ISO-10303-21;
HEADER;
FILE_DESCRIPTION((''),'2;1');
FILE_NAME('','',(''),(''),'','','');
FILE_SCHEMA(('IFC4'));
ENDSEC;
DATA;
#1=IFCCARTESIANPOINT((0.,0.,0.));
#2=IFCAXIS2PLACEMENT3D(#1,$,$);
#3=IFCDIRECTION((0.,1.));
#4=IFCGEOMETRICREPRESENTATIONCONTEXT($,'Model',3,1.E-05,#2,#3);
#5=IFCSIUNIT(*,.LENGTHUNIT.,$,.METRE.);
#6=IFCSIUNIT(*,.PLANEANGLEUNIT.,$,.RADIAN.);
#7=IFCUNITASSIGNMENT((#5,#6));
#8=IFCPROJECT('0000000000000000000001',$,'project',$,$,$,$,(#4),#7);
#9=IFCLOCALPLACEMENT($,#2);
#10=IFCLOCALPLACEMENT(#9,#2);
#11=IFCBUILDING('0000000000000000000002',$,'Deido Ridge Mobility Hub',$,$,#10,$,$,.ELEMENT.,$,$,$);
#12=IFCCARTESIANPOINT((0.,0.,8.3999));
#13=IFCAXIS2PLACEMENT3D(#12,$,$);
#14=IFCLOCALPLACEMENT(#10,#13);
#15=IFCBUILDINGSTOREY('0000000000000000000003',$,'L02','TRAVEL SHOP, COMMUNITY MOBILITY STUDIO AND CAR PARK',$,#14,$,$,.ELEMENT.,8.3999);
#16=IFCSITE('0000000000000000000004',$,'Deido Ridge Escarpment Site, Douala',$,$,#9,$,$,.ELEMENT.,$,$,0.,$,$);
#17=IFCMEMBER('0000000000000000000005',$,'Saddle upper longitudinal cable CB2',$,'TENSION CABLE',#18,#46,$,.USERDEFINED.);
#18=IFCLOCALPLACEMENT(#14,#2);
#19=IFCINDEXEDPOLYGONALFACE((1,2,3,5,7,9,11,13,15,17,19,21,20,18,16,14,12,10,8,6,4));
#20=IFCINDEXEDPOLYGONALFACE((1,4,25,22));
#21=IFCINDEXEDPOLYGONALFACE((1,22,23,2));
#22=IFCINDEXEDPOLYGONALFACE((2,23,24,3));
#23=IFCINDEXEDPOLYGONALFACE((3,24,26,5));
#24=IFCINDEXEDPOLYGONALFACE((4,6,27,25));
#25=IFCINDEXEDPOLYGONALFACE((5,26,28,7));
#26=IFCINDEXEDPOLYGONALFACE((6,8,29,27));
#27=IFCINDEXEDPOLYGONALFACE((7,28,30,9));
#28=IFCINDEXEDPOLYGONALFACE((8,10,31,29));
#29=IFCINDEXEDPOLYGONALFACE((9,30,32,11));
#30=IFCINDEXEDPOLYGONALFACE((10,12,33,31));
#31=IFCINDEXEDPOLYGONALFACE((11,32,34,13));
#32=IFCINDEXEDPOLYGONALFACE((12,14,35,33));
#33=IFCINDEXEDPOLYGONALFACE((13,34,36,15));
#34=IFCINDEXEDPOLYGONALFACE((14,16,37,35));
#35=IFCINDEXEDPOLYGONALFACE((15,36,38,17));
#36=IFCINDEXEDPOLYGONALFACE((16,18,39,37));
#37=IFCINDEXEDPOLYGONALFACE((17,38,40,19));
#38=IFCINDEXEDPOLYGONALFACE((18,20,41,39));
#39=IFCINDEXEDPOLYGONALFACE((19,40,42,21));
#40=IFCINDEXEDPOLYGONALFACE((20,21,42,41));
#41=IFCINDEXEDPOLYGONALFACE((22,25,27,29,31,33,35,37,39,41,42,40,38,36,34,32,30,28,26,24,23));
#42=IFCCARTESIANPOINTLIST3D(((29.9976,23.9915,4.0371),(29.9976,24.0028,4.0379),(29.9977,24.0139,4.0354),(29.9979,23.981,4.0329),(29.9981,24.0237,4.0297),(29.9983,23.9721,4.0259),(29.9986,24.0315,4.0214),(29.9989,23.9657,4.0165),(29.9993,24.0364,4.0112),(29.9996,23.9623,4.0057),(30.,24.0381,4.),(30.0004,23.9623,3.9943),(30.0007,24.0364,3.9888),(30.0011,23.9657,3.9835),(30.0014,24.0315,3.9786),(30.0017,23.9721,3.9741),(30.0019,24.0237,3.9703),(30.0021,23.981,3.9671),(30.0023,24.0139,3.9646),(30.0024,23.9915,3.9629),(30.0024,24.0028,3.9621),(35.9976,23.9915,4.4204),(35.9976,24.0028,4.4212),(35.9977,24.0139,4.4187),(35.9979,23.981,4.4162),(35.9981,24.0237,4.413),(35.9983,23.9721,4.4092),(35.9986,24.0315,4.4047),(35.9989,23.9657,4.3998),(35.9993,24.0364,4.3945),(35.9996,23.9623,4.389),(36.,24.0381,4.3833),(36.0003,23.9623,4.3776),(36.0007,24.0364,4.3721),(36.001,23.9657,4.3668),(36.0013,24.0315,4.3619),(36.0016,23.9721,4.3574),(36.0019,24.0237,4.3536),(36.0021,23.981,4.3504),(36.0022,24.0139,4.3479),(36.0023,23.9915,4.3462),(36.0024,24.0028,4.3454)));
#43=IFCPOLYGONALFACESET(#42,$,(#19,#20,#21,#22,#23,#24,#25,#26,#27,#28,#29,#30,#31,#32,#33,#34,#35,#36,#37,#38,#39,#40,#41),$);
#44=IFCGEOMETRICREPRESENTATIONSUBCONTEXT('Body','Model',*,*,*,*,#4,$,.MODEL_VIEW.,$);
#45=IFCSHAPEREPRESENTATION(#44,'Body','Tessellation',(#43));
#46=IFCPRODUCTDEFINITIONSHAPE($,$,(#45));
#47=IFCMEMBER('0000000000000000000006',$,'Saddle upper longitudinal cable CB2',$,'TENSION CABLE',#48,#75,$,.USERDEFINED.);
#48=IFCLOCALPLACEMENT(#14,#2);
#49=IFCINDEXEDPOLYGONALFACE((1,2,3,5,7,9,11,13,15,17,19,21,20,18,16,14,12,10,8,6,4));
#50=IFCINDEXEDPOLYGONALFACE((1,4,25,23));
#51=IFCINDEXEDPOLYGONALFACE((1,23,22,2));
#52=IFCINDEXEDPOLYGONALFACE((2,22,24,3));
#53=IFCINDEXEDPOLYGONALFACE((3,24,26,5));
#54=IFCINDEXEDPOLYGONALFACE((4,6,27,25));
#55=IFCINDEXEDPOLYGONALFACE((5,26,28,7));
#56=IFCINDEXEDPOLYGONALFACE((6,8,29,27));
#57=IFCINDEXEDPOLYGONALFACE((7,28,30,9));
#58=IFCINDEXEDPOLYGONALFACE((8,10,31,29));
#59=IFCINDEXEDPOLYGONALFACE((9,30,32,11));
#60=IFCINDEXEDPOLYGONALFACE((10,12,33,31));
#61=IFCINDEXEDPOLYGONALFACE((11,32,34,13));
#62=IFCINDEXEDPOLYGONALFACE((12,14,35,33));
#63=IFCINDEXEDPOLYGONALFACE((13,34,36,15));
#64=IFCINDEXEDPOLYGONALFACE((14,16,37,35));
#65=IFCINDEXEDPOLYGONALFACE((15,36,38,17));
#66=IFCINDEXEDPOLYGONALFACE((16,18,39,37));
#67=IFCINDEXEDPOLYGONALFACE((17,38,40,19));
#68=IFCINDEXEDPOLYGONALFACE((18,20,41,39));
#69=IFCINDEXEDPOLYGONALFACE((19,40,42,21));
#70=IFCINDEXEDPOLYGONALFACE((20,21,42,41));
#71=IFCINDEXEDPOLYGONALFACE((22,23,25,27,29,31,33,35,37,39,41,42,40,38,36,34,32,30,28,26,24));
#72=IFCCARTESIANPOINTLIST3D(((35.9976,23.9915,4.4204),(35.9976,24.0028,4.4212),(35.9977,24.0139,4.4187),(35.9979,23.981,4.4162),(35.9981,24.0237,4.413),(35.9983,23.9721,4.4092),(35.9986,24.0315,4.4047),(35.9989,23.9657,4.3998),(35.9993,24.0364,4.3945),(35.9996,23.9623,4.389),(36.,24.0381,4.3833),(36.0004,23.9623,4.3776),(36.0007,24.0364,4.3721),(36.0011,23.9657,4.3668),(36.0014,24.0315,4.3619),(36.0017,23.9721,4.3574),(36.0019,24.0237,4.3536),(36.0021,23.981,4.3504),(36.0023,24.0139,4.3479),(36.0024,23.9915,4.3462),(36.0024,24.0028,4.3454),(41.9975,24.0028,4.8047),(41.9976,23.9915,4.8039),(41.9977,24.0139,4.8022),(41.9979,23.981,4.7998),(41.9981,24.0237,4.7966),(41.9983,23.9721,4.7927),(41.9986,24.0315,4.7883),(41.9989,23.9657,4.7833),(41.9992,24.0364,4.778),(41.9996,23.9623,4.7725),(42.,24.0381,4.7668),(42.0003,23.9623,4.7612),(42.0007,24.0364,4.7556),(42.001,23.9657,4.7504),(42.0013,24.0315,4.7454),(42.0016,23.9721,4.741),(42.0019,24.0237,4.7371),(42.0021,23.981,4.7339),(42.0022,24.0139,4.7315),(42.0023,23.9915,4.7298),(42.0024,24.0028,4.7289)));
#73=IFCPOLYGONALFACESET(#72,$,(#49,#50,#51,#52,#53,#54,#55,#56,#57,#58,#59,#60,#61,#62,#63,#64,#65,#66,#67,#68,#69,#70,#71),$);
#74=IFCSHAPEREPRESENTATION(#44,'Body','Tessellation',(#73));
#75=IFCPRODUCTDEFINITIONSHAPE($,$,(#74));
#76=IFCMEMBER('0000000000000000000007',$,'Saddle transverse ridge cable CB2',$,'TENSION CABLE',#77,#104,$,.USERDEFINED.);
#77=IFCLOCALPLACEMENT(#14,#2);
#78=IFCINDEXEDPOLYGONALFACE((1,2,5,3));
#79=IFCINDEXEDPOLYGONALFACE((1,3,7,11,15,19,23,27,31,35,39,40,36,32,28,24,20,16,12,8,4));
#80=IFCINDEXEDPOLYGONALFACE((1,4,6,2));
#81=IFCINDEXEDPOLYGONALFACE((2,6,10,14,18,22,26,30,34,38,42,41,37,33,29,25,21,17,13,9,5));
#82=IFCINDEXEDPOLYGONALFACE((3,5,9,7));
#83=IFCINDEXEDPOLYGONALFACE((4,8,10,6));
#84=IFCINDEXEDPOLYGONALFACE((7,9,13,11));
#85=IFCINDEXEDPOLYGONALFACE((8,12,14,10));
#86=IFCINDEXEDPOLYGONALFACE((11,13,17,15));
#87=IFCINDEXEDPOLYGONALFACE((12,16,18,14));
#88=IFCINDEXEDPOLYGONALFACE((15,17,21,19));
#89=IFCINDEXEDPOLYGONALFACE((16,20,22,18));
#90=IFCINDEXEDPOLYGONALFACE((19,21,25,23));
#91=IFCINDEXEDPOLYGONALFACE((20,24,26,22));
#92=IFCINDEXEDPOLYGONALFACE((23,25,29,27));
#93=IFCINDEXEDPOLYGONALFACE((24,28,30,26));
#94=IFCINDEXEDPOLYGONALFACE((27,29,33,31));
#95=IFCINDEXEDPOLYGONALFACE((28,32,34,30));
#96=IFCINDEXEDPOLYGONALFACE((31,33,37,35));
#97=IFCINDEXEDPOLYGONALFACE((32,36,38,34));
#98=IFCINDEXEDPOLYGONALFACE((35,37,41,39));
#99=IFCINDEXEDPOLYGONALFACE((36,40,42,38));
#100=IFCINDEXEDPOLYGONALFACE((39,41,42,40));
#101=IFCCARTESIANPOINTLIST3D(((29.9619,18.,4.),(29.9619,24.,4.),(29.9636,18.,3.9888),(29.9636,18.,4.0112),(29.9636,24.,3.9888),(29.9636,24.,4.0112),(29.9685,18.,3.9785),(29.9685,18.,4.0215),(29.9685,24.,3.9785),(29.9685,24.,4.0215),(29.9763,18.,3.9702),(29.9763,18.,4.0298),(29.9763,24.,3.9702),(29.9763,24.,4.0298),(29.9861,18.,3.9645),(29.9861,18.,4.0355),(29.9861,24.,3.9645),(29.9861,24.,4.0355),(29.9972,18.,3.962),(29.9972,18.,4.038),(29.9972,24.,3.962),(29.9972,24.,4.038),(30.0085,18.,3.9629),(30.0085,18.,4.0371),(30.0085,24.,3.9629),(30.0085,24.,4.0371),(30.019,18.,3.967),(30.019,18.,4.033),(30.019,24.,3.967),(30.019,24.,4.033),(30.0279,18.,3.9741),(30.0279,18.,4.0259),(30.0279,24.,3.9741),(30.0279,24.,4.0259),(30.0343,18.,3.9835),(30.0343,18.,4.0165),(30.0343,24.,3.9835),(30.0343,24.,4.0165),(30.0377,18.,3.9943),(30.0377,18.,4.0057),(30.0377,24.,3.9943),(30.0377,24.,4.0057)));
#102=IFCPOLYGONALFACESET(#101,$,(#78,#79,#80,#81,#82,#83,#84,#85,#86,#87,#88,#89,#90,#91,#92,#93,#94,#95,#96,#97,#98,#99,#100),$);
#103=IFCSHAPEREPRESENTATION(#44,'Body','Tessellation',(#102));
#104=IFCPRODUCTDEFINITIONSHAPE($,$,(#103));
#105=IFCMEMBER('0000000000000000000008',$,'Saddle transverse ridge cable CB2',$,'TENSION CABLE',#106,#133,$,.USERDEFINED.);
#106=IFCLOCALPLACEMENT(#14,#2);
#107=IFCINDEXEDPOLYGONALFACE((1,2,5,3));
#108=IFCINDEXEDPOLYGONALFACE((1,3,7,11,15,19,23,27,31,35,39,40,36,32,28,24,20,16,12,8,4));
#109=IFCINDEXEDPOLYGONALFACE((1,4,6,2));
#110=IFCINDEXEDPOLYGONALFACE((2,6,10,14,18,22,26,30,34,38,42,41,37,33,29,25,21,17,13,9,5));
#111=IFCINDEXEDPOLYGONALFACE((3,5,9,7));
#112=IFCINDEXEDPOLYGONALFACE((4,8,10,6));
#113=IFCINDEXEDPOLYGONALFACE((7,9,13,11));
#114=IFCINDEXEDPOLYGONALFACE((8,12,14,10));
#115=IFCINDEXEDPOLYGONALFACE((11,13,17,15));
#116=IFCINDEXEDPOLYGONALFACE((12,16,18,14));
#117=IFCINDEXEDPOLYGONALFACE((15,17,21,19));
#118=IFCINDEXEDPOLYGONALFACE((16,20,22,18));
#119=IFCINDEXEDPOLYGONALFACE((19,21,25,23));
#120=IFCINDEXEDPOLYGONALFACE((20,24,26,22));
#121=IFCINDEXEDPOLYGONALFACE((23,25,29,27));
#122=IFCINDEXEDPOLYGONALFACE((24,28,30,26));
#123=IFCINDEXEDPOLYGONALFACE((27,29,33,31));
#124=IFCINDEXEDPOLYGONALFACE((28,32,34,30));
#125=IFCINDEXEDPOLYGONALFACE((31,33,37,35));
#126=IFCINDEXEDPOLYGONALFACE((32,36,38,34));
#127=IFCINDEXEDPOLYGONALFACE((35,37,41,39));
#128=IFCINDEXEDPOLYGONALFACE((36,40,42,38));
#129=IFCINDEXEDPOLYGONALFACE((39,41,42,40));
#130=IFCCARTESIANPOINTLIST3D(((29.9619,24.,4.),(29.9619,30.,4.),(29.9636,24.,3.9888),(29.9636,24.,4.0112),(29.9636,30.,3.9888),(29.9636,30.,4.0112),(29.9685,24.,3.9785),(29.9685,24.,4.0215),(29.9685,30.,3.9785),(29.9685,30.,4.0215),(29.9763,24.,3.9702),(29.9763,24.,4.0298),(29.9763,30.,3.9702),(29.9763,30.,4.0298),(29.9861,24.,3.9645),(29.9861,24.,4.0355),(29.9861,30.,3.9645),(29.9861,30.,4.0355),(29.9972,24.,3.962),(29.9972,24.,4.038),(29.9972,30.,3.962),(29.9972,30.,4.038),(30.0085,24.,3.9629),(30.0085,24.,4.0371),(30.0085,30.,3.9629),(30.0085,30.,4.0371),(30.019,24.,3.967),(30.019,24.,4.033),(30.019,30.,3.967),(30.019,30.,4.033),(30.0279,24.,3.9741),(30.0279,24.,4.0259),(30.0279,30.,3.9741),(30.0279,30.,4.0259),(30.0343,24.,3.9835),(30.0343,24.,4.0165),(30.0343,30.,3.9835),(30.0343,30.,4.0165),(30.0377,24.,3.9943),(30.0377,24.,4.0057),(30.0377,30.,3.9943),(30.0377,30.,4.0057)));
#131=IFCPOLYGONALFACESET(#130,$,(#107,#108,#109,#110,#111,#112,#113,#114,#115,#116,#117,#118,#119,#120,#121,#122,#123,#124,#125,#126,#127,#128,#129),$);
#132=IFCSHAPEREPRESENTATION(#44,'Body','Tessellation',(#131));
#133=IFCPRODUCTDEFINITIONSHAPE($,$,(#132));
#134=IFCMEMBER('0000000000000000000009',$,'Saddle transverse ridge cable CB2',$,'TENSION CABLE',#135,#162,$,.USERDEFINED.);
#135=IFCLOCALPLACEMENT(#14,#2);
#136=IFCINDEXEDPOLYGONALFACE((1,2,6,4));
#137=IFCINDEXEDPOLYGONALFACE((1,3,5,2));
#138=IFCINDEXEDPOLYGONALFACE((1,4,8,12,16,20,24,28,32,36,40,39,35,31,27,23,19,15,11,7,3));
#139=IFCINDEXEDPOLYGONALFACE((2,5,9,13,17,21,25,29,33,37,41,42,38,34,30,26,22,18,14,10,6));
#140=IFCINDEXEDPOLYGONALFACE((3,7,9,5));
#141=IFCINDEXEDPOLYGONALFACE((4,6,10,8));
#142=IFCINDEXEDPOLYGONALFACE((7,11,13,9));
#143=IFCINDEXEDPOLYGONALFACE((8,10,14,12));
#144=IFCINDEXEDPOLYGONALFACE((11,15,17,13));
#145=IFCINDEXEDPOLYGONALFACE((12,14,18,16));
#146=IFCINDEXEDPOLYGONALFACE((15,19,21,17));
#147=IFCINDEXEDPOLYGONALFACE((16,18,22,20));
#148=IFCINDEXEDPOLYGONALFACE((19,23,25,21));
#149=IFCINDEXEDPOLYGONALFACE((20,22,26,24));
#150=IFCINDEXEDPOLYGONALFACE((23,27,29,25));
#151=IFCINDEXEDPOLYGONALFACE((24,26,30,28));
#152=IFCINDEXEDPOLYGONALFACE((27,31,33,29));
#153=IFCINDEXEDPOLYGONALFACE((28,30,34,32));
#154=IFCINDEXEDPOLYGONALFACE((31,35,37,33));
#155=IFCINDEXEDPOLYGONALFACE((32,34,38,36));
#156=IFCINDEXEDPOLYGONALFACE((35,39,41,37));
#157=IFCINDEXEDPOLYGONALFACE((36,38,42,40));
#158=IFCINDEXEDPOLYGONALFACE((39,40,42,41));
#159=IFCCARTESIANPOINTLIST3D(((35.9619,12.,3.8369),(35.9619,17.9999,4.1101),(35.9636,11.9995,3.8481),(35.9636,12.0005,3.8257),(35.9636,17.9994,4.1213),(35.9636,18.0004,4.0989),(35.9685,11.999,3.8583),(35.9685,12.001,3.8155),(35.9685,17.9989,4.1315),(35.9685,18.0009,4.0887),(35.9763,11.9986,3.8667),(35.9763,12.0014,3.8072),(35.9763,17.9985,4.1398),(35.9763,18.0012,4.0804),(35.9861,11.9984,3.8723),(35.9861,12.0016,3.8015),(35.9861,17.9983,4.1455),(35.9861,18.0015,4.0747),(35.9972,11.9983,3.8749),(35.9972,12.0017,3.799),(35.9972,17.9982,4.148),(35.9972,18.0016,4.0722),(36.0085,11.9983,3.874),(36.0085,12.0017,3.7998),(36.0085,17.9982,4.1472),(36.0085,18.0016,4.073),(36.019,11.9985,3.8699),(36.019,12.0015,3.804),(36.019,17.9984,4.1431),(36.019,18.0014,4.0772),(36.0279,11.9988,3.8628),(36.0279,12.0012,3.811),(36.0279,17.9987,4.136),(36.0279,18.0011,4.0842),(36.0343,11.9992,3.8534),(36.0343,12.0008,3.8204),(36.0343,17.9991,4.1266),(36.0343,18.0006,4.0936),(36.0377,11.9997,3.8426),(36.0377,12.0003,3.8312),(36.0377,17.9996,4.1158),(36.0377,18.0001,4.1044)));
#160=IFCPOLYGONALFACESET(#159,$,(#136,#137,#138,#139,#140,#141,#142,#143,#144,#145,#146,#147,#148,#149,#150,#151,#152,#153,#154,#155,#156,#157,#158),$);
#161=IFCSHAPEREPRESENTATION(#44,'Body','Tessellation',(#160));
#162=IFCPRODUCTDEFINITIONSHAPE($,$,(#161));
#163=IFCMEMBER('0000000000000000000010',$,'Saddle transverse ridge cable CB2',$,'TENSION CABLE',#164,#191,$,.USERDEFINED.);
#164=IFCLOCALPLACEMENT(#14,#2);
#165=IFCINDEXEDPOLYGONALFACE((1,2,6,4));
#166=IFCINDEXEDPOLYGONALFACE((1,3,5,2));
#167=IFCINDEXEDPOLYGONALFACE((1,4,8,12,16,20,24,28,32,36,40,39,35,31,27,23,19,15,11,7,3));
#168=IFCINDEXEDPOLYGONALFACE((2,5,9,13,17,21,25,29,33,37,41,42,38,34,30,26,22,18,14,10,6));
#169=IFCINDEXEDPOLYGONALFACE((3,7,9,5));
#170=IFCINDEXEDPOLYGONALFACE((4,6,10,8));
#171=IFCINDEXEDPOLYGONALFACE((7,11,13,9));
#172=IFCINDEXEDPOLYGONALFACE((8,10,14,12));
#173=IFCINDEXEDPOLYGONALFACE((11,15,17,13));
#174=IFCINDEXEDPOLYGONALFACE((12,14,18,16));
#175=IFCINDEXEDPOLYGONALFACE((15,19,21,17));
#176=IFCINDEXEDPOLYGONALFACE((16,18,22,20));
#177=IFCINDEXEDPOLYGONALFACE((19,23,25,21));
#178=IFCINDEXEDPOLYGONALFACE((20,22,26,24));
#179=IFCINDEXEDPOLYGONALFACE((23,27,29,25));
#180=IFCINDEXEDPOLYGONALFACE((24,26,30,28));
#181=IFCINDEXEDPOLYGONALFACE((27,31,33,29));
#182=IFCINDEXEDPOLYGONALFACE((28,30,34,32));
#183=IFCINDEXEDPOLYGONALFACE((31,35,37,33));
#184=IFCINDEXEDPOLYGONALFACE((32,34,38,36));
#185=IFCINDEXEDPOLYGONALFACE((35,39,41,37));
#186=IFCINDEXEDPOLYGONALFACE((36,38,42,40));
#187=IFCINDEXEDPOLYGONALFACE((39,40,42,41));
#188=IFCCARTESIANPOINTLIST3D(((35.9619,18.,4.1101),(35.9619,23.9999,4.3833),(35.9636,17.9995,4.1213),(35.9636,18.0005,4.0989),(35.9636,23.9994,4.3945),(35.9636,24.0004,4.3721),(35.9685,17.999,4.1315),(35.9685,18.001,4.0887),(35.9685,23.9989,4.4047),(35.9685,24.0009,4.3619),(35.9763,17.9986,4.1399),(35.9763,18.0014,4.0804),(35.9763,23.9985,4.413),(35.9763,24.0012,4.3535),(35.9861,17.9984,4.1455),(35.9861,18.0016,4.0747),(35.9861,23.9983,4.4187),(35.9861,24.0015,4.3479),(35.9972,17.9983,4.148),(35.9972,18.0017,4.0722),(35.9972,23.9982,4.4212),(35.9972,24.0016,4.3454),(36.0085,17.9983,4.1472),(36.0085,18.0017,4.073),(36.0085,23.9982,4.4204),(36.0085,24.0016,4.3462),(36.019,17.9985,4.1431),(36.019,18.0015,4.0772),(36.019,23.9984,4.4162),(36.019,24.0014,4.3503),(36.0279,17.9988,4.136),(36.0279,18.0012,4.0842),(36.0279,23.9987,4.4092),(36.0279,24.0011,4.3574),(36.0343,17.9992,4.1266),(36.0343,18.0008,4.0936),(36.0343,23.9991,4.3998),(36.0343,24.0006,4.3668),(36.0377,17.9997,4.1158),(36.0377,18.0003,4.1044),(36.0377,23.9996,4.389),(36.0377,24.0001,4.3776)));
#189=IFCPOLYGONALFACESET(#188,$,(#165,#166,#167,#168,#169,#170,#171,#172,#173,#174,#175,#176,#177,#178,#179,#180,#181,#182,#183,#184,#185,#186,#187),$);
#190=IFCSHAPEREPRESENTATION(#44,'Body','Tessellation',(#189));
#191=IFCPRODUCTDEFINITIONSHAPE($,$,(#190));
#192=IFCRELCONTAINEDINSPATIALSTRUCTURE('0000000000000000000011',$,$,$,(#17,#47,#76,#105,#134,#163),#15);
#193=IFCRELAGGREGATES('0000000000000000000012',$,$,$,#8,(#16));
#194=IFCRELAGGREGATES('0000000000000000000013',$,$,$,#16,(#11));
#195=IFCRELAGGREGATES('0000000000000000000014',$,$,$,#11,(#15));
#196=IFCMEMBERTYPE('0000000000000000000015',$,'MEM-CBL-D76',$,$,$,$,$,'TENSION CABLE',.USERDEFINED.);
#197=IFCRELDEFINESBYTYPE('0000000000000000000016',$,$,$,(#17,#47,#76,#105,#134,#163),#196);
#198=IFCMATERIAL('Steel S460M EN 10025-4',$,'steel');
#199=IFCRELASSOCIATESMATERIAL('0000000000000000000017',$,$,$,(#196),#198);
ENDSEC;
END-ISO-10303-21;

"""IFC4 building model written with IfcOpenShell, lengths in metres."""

from ifc_helpers import new_model, si_unit, direction, frame, origin, origin_2d, place, context, subcontext, project, spatial, circle, extrude, material, material_profile, profile_set, type_object, element, save


model = new_model("IFC4")

# Units and contexts
model_context = context("Model", 3, precision=1e-05, world=origin(), true_north=direction((0.0, 1.0)))
body_context = subcontext(model_context, "Body", "Model", "MODEL_VIEW")
ifc_project = project(units=[si_unit("LENGTHUNIT", "METRE"), si_unit("PLANEANGLEUNIT", "RADIAN")], contexts=[model_context])

# Site, building, storey
site_placement = place(None, origin())
site = spatial("IfcSite", under=ifc_project, at=site_placement, Name="Deido Ridge Escarpment Site, Douala", CompositionType="ELEMENT", RefElevation=0.0)
building_placement = place(site_placement, origin())
building = spatial("IfcBuilding", under=site, at=building_placement, Name="Deido Ridge Mobility Hub", CompositionType="ELEMENT")
storey_placement = place(building_placement, frame((0.0, 0.0, 8.3999)))
storey = spatial("IfcBuildingStorey", under=building, at=storey_placement, Name="L02", Description="TRAVEL SHOP, COMMUNITY MOBILITY STUDIO AND CAR PARK", CompositionType="ELEMENT", Elevation=8.3999)

# Members
ifc_material_1 = material(Name="Steel S460M EN 10025-4", Category="steel")
ifc_material_profile_1 = material_profile(ifc_material_1, circle(Radius=0.0381, at=origin_2d()), Name="CABLE D76")
ifc_profile_set_1 = profile_set([ifc_material_profile_1], Name="Steel S460M EN 10025-4")
member_type_1 = type_object("IfcMemberType", Name="MEM-CBL-D76", ElementType="TENSION CABLE", PredefinedType="USERDEFINED", material=ifc_profile_set_1)
for number, where, z_axis, x_axis, name in (
    (1, (30.0, 24.0, 4.0), (0.997966, 0.0, 0.063754), (0.0, 1.0, 0.0), "Saddle upper longitudinal cable CB2"),
    (2, (36.0, 24.0, 4.3833), (0.997963, 0.0, 0.063794), (0.0, 1.0, 0.0), "Saddle upper longitudinal cable CB2"),
):
    element("IfcMember", number, at=place(storey_placement, frame(where, z_axis=z_axis, x_axis=x_axis)), inside=storey, type_object=member_type_1, Name=name, ObjectType="TENSION CABLE", PredefinedType="USERDEFINED", context=body_context, shape_type="SweptSolid", body=[
        extrude(circle(Radius=0.0381, at=origin_2d()), origin(), (0.0, 0.0, 1.0), 6.0122),
    ])
for number, where, z_axis, x_axis, name in (
    (3, (30.0, 18.0, 4.0), (0.0, 1.0, 0.0), (-1.0, 0.0, 0.0), "Saddle transverse ridge cable CB2"),
    (4, (30.0, 24.0, 4.0), (0.0, 1.0, 0.0), (-1.0, 0.0, 0.0), "Saddle transverse ridge cable CB2"),
):
    element("IfcMember", number, at=place(storey_placement, frame(where, z_axis=z_axis, x_axis=x_axis)), inside=storey, type_object=member_type_1, Name=name, ObjectType="TENSION CABLE", PredefinedType="USERDEFINED", context=body_context, shape_type="SweptSolid", body=[
        extrude(circle(Radius=0.0381, at=origin_2d()), origin(), (0.0, 0.0, 1.0), 6.0),
    ])
for number, where, z_axis, x_axis, name in (
    (5, (36.0, 12.0, 3.8369), (0.0, 0.998965, 0.045485), (-1.0, 0.0, 0.0), "Saddle transverse ridge cable CB2"),
    (6, (36.0, 18.0, 4.1101), (0.0, 0.998965, 0.045485), (-1.0, 0.0, 0.0), "Saddle transverse ridge cable CB2"),
):
    element("IfcMember", number, at=place(storey_placement, frame(where, z_axis=z_axis, x_axis=x_axis)), inside=storey, type_object=member_type_1, Name=name, ObjectType="TENSION CABLE", PredefinedType="USERDEFINED", context=body_context, shape_type="SweptSolid", body=[
        extrude(circle(Radius=0.0381, at=origin_2d()), origin(), (0.0, 0.0, 1.0), 6.0061),
    ])

save(model, "model.ifc")
